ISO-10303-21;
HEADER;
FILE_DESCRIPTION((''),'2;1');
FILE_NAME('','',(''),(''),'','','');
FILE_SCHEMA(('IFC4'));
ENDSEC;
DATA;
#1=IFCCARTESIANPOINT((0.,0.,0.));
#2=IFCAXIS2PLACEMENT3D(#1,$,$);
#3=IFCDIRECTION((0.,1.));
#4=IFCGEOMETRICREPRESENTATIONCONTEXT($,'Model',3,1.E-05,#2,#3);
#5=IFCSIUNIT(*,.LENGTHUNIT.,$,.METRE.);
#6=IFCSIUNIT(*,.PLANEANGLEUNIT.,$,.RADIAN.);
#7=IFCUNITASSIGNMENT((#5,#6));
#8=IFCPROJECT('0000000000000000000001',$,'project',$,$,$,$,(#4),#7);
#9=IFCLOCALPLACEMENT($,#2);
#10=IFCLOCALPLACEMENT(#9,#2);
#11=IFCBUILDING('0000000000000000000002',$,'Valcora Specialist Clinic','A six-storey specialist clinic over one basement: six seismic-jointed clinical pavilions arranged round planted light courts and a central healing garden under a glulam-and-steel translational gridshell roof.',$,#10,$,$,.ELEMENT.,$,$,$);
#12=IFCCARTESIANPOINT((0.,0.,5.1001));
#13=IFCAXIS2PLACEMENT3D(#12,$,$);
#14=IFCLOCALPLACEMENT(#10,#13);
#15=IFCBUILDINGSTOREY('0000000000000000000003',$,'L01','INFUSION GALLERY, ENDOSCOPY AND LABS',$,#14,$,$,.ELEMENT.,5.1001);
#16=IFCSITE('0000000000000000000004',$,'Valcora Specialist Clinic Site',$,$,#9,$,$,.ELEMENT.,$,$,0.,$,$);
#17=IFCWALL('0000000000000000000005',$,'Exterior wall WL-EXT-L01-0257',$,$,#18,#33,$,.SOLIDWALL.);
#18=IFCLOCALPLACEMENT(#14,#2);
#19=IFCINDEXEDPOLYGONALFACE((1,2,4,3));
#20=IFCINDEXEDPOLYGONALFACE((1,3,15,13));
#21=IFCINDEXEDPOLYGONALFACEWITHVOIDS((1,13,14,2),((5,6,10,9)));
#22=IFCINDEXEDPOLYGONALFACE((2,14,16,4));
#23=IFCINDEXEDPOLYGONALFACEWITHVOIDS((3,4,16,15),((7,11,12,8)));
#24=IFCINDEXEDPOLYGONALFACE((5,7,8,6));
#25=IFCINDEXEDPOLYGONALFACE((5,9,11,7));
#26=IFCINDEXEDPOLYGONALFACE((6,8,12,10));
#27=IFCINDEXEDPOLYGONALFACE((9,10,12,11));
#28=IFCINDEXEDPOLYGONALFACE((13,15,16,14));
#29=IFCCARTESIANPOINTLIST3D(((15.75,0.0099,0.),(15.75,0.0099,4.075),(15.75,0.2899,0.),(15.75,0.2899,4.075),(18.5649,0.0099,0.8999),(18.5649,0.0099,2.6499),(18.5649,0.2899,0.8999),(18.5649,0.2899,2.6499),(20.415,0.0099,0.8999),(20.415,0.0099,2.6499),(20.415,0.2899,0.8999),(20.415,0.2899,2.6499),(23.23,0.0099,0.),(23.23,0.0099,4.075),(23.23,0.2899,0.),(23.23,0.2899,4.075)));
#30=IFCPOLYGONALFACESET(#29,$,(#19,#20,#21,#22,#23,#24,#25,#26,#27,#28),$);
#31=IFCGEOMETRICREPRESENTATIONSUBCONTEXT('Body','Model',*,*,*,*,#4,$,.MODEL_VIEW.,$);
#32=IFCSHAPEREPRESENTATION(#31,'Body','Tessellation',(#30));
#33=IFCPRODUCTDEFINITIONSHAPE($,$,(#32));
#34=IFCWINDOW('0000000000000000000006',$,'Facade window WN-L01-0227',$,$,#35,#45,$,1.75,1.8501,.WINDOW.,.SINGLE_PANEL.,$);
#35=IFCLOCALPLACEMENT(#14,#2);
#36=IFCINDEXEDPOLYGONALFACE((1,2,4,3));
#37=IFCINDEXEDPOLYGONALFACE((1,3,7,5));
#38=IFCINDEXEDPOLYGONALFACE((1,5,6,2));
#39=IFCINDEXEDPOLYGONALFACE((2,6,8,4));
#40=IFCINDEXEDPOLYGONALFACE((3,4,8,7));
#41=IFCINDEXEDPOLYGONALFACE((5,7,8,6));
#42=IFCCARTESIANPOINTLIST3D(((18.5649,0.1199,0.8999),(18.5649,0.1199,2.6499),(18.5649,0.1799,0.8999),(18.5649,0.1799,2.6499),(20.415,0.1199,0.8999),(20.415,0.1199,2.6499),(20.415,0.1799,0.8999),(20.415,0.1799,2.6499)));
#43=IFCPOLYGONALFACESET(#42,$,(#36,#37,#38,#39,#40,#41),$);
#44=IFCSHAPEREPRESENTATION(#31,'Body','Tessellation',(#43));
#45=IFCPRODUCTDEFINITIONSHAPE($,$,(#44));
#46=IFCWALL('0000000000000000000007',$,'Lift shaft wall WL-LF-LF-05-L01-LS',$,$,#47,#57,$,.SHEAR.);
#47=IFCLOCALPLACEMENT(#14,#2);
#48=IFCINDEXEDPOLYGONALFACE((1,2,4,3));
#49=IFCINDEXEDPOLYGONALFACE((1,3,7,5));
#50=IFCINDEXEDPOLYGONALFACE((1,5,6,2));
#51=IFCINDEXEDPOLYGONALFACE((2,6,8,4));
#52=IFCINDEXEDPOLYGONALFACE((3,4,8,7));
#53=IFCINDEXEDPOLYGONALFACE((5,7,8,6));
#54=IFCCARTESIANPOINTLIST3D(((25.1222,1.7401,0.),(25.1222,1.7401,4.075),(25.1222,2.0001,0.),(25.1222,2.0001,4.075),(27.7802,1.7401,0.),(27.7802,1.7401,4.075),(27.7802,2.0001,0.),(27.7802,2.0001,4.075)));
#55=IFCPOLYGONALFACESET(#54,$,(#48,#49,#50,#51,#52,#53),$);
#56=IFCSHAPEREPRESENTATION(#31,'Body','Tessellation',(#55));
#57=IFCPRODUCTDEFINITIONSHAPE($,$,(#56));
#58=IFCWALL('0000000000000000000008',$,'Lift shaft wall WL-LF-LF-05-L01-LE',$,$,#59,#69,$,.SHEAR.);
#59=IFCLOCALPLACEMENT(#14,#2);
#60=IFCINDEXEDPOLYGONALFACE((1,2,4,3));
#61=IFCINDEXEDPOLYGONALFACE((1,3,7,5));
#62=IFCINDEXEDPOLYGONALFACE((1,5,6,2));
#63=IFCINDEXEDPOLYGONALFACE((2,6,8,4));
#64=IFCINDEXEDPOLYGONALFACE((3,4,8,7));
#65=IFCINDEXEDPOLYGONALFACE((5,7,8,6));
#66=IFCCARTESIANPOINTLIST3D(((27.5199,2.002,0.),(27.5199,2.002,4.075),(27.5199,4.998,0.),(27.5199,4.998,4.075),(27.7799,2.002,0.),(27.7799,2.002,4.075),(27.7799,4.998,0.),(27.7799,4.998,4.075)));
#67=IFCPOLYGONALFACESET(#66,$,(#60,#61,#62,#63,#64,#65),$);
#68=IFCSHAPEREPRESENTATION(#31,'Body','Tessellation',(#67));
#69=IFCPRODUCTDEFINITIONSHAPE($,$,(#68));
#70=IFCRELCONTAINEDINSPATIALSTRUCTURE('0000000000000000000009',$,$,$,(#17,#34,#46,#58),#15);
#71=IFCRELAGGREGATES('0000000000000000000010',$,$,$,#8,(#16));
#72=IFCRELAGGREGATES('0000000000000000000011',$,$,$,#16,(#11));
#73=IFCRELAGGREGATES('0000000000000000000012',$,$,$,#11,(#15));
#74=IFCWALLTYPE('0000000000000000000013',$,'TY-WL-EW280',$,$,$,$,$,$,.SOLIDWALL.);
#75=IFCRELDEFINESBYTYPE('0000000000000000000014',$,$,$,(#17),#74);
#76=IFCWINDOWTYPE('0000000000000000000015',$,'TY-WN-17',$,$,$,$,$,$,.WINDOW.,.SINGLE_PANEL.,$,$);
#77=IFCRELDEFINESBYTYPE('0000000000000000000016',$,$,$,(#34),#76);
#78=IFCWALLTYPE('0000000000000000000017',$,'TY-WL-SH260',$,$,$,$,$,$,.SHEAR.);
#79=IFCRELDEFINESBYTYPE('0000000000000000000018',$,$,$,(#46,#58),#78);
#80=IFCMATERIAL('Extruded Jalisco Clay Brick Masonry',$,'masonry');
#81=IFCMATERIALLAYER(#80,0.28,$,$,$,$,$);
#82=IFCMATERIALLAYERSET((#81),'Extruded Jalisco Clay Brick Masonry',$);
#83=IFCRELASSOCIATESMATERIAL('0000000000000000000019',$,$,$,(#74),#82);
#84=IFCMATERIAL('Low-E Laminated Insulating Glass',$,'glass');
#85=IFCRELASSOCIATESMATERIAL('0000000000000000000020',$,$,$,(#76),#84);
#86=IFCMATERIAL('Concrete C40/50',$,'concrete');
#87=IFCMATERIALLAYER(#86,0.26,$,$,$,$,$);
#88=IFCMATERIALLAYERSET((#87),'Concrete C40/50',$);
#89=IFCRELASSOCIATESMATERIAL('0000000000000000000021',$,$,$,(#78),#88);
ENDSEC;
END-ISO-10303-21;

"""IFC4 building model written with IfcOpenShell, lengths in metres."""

from ifc_helpers import new_model, si_unit, direction, frame, frame_2d, origin, place, context, subcontext, project, spatial, rectangle, extrude, material, layer, layer_set, type_object, element, fill, save


model = new_model("IFC4")

# Units and contexts
model_context = context("Model", 3, precision=1e-05, world=origin(), true_north=direction((0.0, 1.0)))
body_context = subcontext(model_context, "Body", "Model", "MODEL_VIEW")
ifc_project = project(units=[si_unit("LENGTHUNIT", "METRE"), si_unit("PLANEANGLEUNIT", "RADIAN")], contexts=[model_context])

# Site, building, storey
site_placement = place(None, origin())
site = spatial("IfcSite", under=ifc_project, at=site_placement, Name="Valcora Specialist Clinic Site", CompositionType="ELEMENT", RefElevation=0.0)
building_placement = place(site_placement, origin())
building = spatial("IfcBuilding", under=site, at=building_placement, Name="Valcora Specialist Clinic", Description="A six-storey specialist clinic over one basement: six seismic-jointed clinical pavilions arranged round planted light courts and a central healing garden under a glulam-and-steel translational gridshell roof.", CompositionType="ELEMENT")
storey_placement = place(building_placement, frame((0.0, 0.0, 5.1001)))
storey = spatial("IfcBuildingStorey", under=building, at=storey_placement, Name="L01", Description="INFUSION GALLERY, ENDOSCOPY AND LABS", CompositionType="ELEMENT", Elevation=5.1001)

# Shared definitions
ifc_material_1 = material(Name="Concrete C40/50", Category="concrete")

# Wall, opening, window
ifc_material_2 = material(Name="Extruded Jalisco Clay Brick Masonry", Category="masonry")
ifc_layer_1 = layer(ifc_material_2, 0.28)
ifc_layer_set_1 = layer_set([ifc_layer_1], Name="Extruded Jalisco Clay Brick Masonry")
wall_type_1 = type_object("IfcWallType", Name="TY-WL-EW280", PredefinedType="SOLIDWALL", material=ifc_layer_set_1)
wall_1_placement = place(storey_placement, frame((23.23, 0.1499, 0.0), z_axis=(0.0, 0.0, 1.0), x_axis=(-1.0, 0.0, 0.0)))
wall_1 = element("IfcWall", 1, at=wall_1_placement, inside=storey, type_object=wall_type_1, Name="Exterior wall WL-EXT-L01-0257", PredefinedType="SOLIDWALL", context=body_context, shape_type="SweptSolid", body=[
    extrude(rectangle(XDim=7.48, YDim=0.28, at=frame_2d((3.74, 0.0))), origin(), (0.0, 0.0, 1.0), 4.075),
])
opening_placement = place(wall_1_placement, frame((2.8149, 0.0, 0.8999)))
opening = element("IfcOpeningElement", 2, at=opening_placement, cuts=wall_1, PredefinedType="OPENING", context=body_context, shape_type="SweptSolid", body=[
    extrude(rectangle(XDim=1.8501, YDim=1.75, at=frame_2d((0.925, 0.875))), frame((0.0, 0.1499, 0.0), z_axis=(0.0, -1.0, 0.0), x_axis=(1.0, 0.0, 0.0)), (0.0, 0.0, 1.0), 0.3),
])
ifc_material_3 = material(Name="Low-E Laminated Insulating Glass", Category="glass")
window_type = type_object("IfcWindowType", Name="TY-WN-17", PartitioningType="SINGLE_PANEL", PredefinedType="WINDOW", material=ifc_material_3)
window_placement = place(opening_placement, origin())
window = element("IfcWindow", 3, at=window_placement, inside=storey, type_object=window_type, Name="Facade window WN-L01-0227", OverallHeight=1.75, OverallWidth=1.8501, PartitioningType="SINGLE_PANEL", PredefinedType="WINDOW", context=body_context, shape_type="SweptSolid", body=[
    extrude(rectangle(XDim=1.8501, YDim=1.75, at=frame_2d((0.925, 0.875))), frame((0.0, 0.03, 0.0), z_axis=(0.0, -1.0, 0.0), x_axis=(1.0, 0.0, 0.0)), (0.0, 0.0, 1.0), 0.0601),
])
fill(opening, window)

# Walls
ifc_layer_2 = layer(ifc_material_1, 0.26)
ifc_layer_set_2 = layer_set([ifc_layer_2], Name="Concrete C40/50")
wall_type_2 = type_object("IfcWallType", Name="TY-WL-SH260", PredefinedType="SHEAR", material=ifc_layer_set_2)
wall_2_placement = place(storey_placement, frame((25.1221, 1.8701, 0.0), z_axis=(0.0, 0.0, 1.0), x_axis=(1.0, 0.0, 0.0)))
element("IfcWall", 4, at=wall_2_placement, inside=storey, type_object=wall_type_2, Name="Lift shaft wall WL-LF-LF-05-L01-LS", PredefinedType="SHEAR", context=body_context, shape_type="SweptSolid", body=[
    extrude(rectangle(XDim=2.658, YDim=0.26, at=frame_2d((1.3291, 0.0))), origin(), (0.0, 0.0, 1.0), 4.075),
])
wall_3_placement = place(storey_placement, frame((27.6499, 2.002, 0.0), z_axis=(0.0, 0.0, 1.0), x_axis=(0.0, 1.0, 0.0)))
element("IfcWall", 5, at=wall_3_placement, inside=storey, type_object=wall_type_2, Name="Lift shaft wall WL-LF-LF-05-L01-LE", PredefinedType="SHEAR", context=body_context, shape_type="SweptSolid", body=[
    extrude(rectangle(XDim=2.9961, YDim=0.26, at=frame_2d((1.498, 0.0))), origin(), (0.0, 0.0, 1.0), 4.075),
])

save(model, "model.ifc")
